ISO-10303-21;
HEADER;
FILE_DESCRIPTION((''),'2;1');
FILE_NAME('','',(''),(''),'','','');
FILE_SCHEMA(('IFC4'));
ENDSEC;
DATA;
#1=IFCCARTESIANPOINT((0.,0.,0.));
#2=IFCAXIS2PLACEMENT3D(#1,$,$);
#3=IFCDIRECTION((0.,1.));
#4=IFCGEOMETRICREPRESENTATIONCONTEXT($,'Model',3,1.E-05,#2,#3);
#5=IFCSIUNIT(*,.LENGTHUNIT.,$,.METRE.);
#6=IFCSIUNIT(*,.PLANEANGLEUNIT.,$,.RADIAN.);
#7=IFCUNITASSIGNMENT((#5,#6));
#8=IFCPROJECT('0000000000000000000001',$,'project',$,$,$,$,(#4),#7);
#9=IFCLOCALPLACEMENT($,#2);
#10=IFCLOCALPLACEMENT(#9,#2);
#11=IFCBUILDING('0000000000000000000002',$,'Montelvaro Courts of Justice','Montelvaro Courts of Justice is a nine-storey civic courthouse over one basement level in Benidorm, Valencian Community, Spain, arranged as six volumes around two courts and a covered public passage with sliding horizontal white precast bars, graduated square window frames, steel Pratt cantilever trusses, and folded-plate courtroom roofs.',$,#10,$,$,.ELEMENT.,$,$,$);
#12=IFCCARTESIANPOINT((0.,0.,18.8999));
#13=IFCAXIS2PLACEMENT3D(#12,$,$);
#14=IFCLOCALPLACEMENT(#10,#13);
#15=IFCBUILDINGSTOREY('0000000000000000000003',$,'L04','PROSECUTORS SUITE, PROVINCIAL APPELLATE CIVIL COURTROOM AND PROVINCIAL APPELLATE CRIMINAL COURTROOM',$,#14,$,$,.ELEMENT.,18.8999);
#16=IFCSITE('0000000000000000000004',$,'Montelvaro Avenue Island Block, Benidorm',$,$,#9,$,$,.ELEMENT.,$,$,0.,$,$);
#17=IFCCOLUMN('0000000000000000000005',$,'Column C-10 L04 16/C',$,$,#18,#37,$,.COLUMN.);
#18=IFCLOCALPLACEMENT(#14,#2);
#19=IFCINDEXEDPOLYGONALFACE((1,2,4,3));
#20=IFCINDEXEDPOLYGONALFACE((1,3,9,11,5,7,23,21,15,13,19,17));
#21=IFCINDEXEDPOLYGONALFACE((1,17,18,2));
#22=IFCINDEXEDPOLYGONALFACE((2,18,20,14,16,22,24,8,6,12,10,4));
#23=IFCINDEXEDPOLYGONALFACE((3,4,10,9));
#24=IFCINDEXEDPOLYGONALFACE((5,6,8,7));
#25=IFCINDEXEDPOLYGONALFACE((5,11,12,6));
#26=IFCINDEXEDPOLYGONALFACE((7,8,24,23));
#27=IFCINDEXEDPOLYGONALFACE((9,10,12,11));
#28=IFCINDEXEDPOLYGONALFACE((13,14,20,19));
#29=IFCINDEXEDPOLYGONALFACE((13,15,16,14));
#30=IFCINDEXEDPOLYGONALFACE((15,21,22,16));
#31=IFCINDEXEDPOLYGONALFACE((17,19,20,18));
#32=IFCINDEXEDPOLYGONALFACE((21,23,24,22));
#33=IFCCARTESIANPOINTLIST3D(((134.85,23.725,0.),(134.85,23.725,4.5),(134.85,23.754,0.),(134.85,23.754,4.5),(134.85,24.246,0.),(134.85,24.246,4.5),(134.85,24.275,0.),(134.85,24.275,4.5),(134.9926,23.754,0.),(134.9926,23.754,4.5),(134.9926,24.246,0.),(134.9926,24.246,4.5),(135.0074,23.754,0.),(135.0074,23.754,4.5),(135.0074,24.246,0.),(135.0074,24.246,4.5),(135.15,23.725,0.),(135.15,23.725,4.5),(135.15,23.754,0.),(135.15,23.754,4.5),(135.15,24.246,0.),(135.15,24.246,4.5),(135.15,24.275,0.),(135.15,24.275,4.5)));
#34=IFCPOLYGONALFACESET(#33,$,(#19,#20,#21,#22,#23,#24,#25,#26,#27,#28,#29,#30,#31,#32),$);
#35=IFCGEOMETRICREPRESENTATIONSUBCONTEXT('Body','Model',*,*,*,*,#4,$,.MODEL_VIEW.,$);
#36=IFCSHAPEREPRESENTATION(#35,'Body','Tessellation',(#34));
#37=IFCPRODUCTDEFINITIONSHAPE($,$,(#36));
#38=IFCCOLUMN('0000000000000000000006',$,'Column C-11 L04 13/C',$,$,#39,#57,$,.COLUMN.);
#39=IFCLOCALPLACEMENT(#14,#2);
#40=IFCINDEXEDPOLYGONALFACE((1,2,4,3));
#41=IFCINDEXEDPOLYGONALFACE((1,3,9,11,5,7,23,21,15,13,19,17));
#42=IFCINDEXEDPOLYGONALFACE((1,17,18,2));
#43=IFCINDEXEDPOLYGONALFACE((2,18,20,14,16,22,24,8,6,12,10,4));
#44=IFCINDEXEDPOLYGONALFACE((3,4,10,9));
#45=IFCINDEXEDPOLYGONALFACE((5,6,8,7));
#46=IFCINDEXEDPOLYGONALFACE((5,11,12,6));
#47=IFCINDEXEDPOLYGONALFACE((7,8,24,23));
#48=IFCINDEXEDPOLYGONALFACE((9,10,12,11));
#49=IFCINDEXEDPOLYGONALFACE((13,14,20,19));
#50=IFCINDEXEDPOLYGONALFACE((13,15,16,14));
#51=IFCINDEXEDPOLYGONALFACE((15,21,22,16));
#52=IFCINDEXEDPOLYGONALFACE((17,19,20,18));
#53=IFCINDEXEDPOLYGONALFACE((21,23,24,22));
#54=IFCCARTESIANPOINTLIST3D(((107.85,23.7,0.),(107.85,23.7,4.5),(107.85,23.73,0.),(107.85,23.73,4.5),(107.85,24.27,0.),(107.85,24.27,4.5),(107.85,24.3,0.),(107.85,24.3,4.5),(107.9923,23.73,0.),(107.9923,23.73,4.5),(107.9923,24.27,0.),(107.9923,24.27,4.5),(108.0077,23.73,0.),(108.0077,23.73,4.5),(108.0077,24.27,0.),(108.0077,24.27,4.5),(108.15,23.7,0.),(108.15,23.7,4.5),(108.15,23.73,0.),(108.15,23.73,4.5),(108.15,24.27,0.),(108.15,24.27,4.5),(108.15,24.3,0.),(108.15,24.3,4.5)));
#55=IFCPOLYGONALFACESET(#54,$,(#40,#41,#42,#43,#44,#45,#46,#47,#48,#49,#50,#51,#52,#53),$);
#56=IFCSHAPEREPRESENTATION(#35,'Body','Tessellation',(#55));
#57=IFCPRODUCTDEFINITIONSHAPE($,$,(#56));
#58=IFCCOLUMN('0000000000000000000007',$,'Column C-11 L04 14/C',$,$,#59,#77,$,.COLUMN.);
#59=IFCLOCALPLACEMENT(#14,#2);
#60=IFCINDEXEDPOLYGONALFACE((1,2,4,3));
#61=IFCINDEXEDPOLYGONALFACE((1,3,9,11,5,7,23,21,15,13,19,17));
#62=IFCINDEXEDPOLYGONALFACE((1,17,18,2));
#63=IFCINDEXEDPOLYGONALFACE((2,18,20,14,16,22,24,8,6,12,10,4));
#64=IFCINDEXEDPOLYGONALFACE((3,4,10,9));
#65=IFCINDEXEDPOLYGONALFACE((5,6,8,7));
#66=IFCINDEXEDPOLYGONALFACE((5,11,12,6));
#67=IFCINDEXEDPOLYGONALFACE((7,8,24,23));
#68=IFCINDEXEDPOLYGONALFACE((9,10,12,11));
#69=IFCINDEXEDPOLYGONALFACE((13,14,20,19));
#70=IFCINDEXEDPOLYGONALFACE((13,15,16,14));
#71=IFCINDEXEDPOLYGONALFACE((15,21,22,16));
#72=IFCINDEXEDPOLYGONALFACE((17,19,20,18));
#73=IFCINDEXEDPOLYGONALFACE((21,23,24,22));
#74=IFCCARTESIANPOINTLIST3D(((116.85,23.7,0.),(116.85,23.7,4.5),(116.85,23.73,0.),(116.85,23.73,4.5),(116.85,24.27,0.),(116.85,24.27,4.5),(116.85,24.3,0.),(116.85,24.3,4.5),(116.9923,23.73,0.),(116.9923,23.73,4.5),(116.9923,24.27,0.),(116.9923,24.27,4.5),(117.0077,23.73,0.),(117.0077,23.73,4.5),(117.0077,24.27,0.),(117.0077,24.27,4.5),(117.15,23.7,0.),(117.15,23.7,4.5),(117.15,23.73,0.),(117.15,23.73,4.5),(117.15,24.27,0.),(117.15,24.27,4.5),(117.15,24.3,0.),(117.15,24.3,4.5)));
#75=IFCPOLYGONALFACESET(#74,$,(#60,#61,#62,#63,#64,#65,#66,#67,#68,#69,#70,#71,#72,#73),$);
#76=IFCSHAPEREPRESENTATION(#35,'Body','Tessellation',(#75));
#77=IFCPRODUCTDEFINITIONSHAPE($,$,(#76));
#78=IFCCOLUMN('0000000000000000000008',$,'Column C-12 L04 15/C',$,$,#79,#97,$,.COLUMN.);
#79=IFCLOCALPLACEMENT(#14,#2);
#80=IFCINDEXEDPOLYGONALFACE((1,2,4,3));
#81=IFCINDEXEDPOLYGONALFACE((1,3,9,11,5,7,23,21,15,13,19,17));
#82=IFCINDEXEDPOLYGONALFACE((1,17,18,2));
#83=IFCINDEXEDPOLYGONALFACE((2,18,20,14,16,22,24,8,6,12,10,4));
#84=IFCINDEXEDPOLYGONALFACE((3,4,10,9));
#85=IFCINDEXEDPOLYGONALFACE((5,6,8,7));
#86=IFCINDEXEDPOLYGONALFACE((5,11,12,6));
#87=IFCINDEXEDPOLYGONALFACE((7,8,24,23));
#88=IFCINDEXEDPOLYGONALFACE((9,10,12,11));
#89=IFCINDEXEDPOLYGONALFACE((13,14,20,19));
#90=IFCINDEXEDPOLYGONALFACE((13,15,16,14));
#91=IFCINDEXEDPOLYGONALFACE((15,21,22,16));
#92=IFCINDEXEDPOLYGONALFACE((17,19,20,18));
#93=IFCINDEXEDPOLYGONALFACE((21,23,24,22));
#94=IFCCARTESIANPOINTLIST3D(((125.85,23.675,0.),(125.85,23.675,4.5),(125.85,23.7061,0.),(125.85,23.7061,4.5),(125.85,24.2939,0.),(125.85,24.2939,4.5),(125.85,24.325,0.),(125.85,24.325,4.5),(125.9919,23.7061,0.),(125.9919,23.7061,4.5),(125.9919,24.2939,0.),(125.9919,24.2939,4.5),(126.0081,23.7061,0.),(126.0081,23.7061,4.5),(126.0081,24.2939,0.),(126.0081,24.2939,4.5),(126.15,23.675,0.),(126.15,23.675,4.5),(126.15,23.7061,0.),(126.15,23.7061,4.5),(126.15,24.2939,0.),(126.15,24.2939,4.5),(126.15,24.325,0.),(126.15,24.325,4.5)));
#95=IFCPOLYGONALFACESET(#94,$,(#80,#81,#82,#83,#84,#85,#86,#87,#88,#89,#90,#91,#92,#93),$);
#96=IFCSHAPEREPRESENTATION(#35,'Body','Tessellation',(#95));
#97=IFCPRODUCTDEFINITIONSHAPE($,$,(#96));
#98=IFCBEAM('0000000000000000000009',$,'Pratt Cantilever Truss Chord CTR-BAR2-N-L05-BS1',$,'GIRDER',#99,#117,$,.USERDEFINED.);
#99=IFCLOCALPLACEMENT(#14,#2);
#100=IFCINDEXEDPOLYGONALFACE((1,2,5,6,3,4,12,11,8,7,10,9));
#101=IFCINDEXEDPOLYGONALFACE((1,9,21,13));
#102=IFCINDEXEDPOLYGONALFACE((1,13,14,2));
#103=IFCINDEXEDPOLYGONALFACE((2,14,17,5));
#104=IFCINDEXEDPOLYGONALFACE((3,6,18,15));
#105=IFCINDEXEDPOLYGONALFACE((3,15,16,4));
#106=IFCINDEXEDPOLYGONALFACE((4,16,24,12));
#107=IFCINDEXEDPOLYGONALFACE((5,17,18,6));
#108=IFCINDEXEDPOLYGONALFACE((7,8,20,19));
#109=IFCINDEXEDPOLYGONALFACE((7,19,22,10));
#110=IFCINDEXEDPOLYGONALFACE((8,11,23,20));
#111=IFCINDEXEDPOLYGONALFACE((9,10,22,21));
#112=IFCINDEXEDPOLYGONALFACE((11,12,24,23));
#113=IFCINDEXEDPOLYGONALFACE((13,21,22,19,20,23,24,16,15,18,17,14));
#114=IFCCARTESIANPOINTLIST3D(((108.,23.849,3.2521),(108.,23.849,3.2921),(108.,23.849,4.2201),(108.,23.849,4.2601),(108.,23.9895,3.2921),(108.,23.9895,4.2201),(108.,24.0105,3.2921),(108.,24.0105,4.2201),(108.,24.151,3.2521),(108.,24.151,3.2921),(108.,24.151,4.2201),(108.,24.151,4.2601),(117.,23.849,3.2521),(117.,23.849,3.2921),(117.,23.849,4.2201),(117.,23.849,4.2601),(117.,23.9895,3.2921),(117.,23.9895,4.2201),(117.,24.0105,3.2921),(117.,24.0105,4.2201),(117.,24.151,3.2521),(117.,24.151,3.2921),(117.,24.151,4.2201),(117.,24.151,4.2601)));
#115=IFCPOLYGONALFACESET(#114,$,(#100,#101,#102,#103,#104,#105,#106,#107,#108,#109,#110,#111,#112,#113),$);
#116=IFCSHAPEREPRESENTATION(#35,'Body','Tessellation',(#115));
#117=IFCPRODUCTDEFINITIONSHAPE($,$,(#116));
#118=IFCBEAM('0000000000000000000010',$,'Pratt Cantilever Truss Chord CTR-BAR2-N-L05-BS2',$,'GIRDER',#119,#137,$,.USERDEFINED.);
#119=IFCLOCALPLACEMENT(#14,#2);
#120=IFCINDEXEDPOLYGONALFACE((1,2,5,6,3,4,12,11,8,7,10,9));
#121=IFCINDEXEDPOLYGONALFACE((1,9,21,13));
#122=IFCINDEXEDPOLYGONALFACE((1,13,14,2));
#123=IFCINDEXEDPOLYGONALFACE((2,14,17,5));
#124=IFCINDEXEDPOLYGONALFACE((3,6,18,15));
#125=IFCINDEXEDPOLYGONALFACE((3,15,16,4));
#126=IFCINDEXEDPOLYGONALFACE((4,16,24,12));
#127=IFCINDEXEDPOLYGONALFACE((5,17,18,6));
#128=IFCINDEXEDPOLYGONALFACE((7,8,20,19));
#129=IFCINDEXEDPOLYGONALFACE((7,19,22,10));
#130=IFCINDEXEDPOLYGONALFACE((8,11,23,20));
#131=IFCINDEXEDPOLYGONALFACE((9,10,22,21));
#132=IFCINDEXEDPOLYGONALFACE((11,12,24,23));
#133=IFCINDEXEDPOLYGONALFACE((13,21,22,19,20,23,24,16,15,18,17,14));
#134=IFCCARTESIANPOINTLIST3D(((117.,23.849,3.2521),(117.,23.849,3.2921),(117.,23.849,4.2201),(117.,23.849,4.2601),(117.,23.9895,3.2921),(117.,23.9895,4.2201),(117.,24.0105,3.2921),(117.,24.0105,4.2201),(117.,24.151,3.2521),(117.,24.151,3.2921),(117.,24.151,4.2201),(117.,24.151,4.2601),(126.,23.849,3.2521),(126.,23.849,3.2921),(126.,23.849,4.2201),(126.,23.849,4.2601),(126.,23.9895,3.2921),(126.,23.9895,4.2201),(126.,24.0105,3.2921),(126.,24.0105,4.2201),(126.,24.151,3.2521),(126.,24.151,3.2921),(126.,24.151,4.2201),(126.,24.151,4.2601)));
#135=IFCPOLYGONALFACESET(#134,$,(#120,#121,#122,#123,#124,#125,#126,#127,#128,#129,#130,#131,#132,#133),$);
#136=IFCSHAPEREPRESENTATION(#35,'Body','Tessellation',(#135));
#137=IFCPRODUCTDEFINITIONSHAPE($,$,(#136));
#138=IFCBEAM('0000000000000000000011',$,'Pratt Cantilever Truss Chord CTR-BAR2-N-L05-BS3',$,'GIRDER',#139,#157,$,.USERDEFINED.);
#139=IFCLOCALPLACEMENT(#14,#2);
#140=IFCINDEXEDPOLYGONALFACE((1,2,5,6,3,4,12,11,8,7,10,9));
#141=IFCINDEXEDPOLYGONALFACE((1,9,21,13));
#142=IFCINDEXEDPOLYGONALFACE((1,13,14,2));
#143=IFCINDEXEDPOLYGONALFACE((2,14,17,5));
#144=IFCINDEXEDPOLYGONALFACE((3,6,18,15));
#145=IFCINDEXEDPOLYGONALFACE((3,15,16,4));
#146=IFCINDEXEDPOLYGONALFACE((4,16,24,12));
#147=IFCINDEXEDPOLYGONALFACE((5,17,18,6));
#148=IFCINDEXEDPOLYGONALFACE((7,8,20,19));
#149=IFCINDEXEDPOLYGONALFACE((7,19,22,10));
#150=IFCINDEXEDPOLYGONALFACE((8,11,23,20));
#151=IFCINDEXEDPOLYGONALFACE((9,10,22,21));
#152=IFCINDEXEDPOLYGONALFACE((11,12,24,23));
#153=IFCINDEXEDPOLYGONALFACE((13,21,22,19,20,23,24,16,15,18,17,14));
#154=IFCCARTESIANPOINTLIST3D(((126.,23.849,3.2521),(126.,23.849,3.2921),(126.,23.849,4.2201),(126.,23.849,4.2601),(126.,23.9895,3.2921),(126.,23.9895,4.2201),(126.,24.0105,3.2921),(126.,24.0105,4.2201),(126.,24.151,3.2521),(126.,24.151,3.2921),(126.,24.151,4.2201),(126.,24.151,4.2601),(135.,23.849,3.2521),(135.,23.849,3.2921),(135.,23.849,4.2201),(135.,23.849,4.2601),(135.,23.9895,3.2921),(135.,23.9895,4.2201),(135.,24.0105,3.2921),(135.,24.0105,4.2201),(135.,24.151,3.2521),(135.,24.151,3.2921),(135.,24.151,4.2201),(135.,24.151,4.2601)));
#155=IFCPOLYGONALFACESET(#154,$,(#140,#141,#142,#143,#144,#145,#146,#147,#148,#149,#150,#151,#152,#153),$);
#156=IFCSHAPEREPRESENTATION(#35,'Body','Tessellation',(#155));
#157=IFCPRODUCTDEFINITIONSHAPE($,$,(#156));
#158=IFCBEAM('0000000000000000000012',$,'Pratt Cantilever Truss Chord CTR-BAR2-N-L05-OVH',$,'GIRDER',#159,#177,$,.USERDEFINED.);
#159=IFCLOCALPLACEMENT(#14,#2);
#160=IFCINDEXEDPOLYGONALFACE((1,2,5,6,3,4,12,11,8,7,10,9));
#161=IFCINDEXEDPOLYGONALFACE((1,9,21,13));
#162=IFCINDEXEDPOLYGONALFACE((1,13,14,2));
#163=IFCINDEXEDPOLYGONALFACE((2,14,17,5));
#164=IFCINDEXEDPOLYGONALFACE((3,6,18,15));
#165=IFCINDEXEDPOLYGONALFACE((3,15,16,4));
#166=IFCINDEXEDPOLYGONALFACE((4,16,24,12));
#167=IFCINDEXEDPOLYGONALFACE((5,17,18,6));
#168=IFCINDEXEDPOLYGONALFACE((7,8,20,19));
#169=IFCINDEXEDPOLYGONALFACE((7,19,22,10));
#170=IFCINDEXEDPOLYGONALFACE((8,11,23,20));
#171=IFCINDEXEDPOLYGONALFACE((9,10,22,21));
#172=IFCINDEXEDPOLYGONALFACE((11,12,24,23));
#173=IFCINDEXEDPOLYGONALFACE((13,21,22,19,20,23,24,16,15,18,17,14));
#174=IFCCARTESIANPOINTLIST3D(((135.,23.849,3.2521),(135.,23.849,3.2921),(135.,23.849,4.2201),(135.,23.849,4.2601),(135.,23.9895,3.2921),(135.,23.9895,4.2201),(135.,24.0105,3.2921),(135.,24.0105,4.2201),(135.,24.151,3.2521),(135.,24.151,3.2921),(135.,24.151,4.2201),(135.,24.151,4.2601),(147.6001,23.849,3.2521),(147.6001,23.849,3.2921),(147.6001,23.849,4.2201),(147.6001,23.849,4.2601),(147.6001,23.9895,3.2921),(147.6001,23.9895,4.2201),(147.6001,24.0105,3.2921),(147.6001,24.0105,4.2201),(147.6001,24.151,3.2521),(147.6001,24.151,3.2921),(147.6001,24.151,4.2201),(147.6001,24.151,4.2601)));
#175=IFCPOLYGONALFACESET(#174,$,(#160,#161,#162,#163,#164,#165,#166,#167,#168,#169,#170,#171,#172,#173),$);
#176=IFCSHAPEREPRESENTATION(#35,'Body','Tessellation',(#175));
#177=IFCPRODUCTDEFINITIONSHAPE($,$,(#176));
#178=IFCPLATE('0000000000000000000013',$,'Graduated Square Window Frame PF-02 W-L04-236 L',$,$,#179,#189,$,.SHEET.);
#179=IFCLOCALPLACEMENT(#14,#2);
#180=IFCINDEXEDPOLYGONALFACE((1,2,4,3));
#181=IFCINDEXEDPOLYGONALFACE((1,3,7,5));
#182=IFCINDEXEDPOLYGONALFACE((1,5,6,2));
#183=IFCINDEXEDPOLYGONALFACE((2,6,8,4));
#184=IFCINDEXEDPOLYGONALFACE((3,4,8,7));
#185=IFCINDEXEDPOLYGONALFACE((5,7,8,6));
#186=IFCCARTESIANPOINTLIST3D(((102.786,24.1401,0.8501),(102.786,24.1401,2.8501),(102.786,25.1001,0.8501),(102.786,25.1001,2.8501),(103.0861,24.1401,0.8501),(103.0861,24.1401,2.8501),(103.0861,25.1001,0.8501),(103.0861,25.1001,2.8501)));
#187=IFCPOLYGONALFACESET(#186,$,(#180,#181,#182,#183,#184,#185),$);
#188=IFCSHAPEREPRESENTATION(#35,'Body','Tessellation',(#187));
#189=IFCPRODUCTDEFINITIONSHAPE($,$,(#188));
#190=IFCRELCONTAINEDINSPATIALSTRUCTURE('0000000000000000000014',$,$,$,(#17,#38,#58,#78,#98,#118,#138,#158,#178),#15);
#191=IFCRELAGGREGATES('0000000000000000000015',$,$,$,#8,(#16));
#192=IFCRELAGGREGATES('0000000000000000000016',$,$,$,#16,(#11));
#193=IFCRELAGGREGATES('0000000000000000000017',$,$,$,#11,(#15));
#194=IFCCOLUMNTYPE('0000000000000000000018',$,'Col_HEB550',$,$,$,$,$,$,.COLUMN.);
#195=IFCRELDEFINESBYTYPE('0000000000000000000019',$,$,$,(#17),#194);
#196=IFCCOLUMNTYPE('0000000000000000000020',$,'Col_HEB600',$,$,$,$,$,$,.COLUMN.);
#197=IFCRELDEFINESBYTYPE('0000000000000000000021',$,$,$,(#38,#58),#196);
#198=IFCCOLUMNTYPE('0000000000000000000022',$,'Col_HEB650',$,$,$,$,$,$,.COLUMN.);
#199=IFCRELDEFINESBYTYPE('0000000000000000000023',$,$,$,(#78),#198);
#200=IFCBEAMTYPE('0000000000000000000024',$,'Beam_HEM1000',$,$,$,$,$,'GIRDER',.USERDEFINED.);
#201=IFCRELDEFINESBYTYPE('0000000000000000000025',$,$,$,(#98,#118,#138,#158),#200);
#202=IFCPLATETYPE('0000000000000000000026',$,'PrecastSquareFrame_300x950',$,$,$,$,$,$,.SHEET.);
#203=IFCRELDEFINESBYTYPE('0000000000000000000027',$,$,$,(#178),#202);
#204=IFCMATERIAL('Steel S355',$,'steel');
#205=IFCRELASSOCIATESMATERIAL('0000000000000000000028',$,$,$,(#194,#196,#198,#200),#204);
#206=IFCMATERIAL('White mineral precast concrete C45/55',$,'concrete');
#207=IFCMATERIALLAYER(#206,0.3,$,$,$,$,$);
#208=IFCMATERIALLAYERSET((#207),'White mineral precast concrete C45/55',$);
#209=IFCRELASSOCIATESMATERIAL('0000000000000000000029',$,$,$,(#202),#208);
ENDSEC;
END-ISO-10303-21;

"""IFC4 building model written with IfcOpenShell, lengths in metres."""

from ifc_helpers import new_model, si_unit, direction, frame, origin, origin_2d, place, context, subcontext, project, spatial, rectangle, i_section, extrude, material, layer, layer_set, material_profile, profile_set, type_object, element, save


model = new_model("IFC4")

# Units and contexts
model_context = context("Model", 3, precision=1e-05, world=origin(), true_north=direction((0.0, 1.0)))
body_context = subcontext(model_context, "Body", "Model", "MODEL_VIEW")
ifc_project = project(units=[si_unit("LENGTHUNIT", "METRE"), si_unit("PLANEANGLEUNIT", "RADIAN")], contexts=[model_context])

# Site, building, storey
site_placement = place(None, origin())
site = spatial("IfcSite", under=ifc_project, at=site_placement, Name="Montelvaro Avenue Island Block, Benidorm", CompositionType="ELEMENT", RefElevation=0.0)
building_placement = place(site_placement, origin())
building = spatial("IfcBuilding", under=site, at=building_placement, Name="Montelvaro Courts of Justice", Description="Montelvaro Courts of Justice is a nine-storey civic courthouse over one basement level in Benidorm, Valencian Community, Spain, arranged as six volumes around two courts and a covered public passage with sliding horizontal white precast bars, graduated square window frames, steel Pratt cantilever trusses, and folded-plate courtroom roofs.", CompositionType="ELEMENT")
storey_placement = place(building_placement, frame((0.0, 0.0, 18.8999)))
storey = spatial("IfcBuildingStorey", under=building, at=storey_placement, Name="L04", Description="PROSECUTORS SUITE, PROVINCIAL APPELLATE CIVIL COURTROOM AND PROVINCIAL APPELLATE CRIMINAL COURTROOM", CompositionType="ELEMENT", Elevation=18.8999)

# Columns
ifc_material_1 = material(Name="Steel S355", Category="steel")
ifc_material_profile_1 = material_profile(ifc_material_1, i_section(OverallWidth=0.3, OverallDepth=0.55, WebThickness=0.0149, FlangeThickness=0.0291, at=origin_2d()), Name="HEB 550")
ifc_profile_set_1 = profile_set([ifc_material_profile_1], Name="Steel S355")
column_type_1 = type_object("IfcColumnType", Name="Col_HEB550", PredefinedType="COLUMN", material=ifc_profile_set_1)
column_1_placement = place(storey_placement, frame((135.0, 24.0, 0.0), z_axis=(0.0, 0.0, 1.0), x_axis=(1.0, 0.0, 0.0)))
element("IfcColumn", 1, at=column_1_placement, inside=storey, type_object=column_type_1, Name="Column C-10 L04 16/C", PredefinedType="COLUMN", context=body_context, shape_type="SweptSolid", body=[
    extrude(i_section(OverallWidth=0.3, OverallDepth=0.55, WebThickness=0.0149, FlangeThickness=0.0291, at=origin_2d()), origin(), (0.0, 0.0, 1.0), 4.5),
])
ifc_material_profile_2 = material_profile(ifc_material_1, i_section(OverallWidth=0.3, OverallDepth=0.6001, WebThickness=0.0154, FlangeThickness=0.03, at=origin_2d()), Name="HEB 600")
ifc_profile_set_2 = profile_set([ifc_material_profile_2], Name="Steel S355")
column_type_2 = type_object("IfcColumnType", Name="Col_HEB600", PredefinedType="COLUMN", material=ifc_profile_set_2)
for number, where, z_axis, x_axis, name in (
    (2, (108.0, 24.0, 0.0), (0.0, 0.0, 1.0), (1.0, 0.0, 0.0), "Column C-11 L04 13/C"),
    (3, (117.0, 24.0, 0.0), (0.0, 0.0, 1.0), (1.0, 0.0, 0.0), "Column C-11 L04 14/C"),
):
    element("IfcColumn", number, at=place(storey_placement, frame(where, z_axis=z_axis, x_axis=x_axis)), inside=storey, type_object=column_type_2, Name=name, PredefinedType="COLUMN", context=body_context, shape_type="SweptSolid", body=[
        extrude(i_section(OverallWidth=0.3, OverallDepth=0.6001, WebThickness=0.0154, FlangeThickness=0.03, at=origin_2d()), origin(), (0.0, 0.0, 1.0), 4.5),
    ])
ifc_material_profile_3 = material_profile(ifc_material_1, i_section(OverallWidth=0.3, OverallDepth=0.6499, WebThickness=0.0161, FlangeThickness=0.031, at=origin_2d()), Name="HEB 650")
ifc_profile_set_3 = profile_set([ifc_material_profile_3], Name="Steel S355")
column_type_3 = type_object("IfcColumnType", Name="Col_HEB650", PredefinedType="COLUMN", material=ifc_profile_set_3)
column_2_placement = place(storey_placement, frame((126.0, 24.0, 0.0), z_axis=(0.0, 0.0, 1.0), x_axis=(1.0, 0.0, 0.0)))
element("IfcColumn", 4, at=column_2_placement, inside=storey, type_object=column_type_3, Name="Column C-12 L04 15/C", PredefinedType="COLUMN", context=body_context, shape_type="SweptSolid", body=[
    extrude(i_section(OverallWidth=0.3, OverallDepth=0.6499, WebThickness=0.0161, FlangeThickness=0.031, at=origin_2d()), origin(), (0.0, 0.0, 1.0), 4.5),
])

# Beams
ifc_material_profile_4 = material_profile(ifc_material_1, i_section(OverallWidth=0.302, OverallDepth=1.0081, WebThickness=0.021, FlangeThickness=0.04, at=origin_2d()), Name="HEM 1000")
ifc_profile_set_4 = profile_set([ifc_material_profile_4], Name="Steel S355")
beam_type = type_object("IfcBeamType", Name="Beam_HEM1000", ElementType="GIRDER", PredefinedType="USERDEFINED", material=ifc_profile_set_4)
for number, where, z_axis, x_axis, name in (
    (5, (108.0, 24.0, 3.7561), (1.0, 0.0, 0.0), (0.0, 1.0, 0.0), "Pratt Cantilever Truss Chord CTR-BAR2-N-L05-BS1"),
    (6, (117.0, 24.0, 3.7561), (1.0, 0.0, 0.0), (0.0, 1.0, 0.0), "Pratt Cantilever Truss Chord CTR-BAR2-N-L05-BS2"),
    (7, (126.0, 24.0, 3.7561), (1.0, 0.0, 0.0), (0.0, 1.0, 0.0), "Pratt Cantilever Truss Chord CTR-BAR2-N-L05-BS3"),
):
    element("IfcBeam", number, at=place(storey_placement, frame(where, z_axis=z_axis, x_axis=x_axis)), inside=storey, type_object=beam_type, Name=name, ObjectType="GIRDER", PredefinedType="USERDEFINED", context=body_context, shape_type="SweptSolid", body=[
        extrude(i_section(OverallWidth=0.302, OverallDepth=1.0081, WebThickness=0.021, FlangeThickness=0.04, at=origin_2d()), origin(), (0.0, 0.0, 1.0), 9.0),
    ])
beam_placement = place(storey_placement, frame((135.0, 24.0, 3.7561), z_axis=(1.0, 0.0, 0.0), x_axis=(0.0, 1.0, 0.0)))
element("IfcBeam", 8, at=beam_placement, inside=storey, type_object=beam_type, Name="Pratt Cantilever Truss Chord CTR-BAR2-N-L05-OVH", ObjectType="GIRDER", PredefinedType="USERDEFINED", context=body_context, shape_type="SweptSolid", body=[
    extrude(i_section(OverallWidth=0.302, OverallDepth=1.0081, WebThickness=0.021, FlangeThickness=0.04, at=origin_2d()), origin(), (0.0, 0.0, 1.0), 12.6001),
])

# Plate
ifc_material_2 = material(Name="White mineral precast concrete C45/55", Category="concrete")
ifc_layer_1 = layer(ifc_material_2, 0.3)
ifc_layer_set_1 = layer_set([ifc_layer_1], Name="White mineral precast concrete C45/55")
plate_type = type_object("IfcPlateType", Name="PrecastSquareFrame_300x950", PredefinedType="SHEET", material=ifc_layer_set_1)
plate_placement = place(storey_placement, frame((102.936, 24.6201, 0.8501), z_axis=(0.0, 0.0, 1.0), x_axis=(-1.0, 0.0, 0.0)))
element("IfcPlate", 9, at=plate_placement, inside=storey, type_object=plate_type, Name="Graduated Square Window Frame PF-02 W-L04-236 L", PredefinedType="SHEET", context=body_context, shape_type="SweptSolid", body=[
    extrude(rectangle(XDim=0.3, YDim=0.96, at=origin_2d()), origin(), (0.0, 0.0, 1.0), 2.0),
])

save(model, "model.ifc")
